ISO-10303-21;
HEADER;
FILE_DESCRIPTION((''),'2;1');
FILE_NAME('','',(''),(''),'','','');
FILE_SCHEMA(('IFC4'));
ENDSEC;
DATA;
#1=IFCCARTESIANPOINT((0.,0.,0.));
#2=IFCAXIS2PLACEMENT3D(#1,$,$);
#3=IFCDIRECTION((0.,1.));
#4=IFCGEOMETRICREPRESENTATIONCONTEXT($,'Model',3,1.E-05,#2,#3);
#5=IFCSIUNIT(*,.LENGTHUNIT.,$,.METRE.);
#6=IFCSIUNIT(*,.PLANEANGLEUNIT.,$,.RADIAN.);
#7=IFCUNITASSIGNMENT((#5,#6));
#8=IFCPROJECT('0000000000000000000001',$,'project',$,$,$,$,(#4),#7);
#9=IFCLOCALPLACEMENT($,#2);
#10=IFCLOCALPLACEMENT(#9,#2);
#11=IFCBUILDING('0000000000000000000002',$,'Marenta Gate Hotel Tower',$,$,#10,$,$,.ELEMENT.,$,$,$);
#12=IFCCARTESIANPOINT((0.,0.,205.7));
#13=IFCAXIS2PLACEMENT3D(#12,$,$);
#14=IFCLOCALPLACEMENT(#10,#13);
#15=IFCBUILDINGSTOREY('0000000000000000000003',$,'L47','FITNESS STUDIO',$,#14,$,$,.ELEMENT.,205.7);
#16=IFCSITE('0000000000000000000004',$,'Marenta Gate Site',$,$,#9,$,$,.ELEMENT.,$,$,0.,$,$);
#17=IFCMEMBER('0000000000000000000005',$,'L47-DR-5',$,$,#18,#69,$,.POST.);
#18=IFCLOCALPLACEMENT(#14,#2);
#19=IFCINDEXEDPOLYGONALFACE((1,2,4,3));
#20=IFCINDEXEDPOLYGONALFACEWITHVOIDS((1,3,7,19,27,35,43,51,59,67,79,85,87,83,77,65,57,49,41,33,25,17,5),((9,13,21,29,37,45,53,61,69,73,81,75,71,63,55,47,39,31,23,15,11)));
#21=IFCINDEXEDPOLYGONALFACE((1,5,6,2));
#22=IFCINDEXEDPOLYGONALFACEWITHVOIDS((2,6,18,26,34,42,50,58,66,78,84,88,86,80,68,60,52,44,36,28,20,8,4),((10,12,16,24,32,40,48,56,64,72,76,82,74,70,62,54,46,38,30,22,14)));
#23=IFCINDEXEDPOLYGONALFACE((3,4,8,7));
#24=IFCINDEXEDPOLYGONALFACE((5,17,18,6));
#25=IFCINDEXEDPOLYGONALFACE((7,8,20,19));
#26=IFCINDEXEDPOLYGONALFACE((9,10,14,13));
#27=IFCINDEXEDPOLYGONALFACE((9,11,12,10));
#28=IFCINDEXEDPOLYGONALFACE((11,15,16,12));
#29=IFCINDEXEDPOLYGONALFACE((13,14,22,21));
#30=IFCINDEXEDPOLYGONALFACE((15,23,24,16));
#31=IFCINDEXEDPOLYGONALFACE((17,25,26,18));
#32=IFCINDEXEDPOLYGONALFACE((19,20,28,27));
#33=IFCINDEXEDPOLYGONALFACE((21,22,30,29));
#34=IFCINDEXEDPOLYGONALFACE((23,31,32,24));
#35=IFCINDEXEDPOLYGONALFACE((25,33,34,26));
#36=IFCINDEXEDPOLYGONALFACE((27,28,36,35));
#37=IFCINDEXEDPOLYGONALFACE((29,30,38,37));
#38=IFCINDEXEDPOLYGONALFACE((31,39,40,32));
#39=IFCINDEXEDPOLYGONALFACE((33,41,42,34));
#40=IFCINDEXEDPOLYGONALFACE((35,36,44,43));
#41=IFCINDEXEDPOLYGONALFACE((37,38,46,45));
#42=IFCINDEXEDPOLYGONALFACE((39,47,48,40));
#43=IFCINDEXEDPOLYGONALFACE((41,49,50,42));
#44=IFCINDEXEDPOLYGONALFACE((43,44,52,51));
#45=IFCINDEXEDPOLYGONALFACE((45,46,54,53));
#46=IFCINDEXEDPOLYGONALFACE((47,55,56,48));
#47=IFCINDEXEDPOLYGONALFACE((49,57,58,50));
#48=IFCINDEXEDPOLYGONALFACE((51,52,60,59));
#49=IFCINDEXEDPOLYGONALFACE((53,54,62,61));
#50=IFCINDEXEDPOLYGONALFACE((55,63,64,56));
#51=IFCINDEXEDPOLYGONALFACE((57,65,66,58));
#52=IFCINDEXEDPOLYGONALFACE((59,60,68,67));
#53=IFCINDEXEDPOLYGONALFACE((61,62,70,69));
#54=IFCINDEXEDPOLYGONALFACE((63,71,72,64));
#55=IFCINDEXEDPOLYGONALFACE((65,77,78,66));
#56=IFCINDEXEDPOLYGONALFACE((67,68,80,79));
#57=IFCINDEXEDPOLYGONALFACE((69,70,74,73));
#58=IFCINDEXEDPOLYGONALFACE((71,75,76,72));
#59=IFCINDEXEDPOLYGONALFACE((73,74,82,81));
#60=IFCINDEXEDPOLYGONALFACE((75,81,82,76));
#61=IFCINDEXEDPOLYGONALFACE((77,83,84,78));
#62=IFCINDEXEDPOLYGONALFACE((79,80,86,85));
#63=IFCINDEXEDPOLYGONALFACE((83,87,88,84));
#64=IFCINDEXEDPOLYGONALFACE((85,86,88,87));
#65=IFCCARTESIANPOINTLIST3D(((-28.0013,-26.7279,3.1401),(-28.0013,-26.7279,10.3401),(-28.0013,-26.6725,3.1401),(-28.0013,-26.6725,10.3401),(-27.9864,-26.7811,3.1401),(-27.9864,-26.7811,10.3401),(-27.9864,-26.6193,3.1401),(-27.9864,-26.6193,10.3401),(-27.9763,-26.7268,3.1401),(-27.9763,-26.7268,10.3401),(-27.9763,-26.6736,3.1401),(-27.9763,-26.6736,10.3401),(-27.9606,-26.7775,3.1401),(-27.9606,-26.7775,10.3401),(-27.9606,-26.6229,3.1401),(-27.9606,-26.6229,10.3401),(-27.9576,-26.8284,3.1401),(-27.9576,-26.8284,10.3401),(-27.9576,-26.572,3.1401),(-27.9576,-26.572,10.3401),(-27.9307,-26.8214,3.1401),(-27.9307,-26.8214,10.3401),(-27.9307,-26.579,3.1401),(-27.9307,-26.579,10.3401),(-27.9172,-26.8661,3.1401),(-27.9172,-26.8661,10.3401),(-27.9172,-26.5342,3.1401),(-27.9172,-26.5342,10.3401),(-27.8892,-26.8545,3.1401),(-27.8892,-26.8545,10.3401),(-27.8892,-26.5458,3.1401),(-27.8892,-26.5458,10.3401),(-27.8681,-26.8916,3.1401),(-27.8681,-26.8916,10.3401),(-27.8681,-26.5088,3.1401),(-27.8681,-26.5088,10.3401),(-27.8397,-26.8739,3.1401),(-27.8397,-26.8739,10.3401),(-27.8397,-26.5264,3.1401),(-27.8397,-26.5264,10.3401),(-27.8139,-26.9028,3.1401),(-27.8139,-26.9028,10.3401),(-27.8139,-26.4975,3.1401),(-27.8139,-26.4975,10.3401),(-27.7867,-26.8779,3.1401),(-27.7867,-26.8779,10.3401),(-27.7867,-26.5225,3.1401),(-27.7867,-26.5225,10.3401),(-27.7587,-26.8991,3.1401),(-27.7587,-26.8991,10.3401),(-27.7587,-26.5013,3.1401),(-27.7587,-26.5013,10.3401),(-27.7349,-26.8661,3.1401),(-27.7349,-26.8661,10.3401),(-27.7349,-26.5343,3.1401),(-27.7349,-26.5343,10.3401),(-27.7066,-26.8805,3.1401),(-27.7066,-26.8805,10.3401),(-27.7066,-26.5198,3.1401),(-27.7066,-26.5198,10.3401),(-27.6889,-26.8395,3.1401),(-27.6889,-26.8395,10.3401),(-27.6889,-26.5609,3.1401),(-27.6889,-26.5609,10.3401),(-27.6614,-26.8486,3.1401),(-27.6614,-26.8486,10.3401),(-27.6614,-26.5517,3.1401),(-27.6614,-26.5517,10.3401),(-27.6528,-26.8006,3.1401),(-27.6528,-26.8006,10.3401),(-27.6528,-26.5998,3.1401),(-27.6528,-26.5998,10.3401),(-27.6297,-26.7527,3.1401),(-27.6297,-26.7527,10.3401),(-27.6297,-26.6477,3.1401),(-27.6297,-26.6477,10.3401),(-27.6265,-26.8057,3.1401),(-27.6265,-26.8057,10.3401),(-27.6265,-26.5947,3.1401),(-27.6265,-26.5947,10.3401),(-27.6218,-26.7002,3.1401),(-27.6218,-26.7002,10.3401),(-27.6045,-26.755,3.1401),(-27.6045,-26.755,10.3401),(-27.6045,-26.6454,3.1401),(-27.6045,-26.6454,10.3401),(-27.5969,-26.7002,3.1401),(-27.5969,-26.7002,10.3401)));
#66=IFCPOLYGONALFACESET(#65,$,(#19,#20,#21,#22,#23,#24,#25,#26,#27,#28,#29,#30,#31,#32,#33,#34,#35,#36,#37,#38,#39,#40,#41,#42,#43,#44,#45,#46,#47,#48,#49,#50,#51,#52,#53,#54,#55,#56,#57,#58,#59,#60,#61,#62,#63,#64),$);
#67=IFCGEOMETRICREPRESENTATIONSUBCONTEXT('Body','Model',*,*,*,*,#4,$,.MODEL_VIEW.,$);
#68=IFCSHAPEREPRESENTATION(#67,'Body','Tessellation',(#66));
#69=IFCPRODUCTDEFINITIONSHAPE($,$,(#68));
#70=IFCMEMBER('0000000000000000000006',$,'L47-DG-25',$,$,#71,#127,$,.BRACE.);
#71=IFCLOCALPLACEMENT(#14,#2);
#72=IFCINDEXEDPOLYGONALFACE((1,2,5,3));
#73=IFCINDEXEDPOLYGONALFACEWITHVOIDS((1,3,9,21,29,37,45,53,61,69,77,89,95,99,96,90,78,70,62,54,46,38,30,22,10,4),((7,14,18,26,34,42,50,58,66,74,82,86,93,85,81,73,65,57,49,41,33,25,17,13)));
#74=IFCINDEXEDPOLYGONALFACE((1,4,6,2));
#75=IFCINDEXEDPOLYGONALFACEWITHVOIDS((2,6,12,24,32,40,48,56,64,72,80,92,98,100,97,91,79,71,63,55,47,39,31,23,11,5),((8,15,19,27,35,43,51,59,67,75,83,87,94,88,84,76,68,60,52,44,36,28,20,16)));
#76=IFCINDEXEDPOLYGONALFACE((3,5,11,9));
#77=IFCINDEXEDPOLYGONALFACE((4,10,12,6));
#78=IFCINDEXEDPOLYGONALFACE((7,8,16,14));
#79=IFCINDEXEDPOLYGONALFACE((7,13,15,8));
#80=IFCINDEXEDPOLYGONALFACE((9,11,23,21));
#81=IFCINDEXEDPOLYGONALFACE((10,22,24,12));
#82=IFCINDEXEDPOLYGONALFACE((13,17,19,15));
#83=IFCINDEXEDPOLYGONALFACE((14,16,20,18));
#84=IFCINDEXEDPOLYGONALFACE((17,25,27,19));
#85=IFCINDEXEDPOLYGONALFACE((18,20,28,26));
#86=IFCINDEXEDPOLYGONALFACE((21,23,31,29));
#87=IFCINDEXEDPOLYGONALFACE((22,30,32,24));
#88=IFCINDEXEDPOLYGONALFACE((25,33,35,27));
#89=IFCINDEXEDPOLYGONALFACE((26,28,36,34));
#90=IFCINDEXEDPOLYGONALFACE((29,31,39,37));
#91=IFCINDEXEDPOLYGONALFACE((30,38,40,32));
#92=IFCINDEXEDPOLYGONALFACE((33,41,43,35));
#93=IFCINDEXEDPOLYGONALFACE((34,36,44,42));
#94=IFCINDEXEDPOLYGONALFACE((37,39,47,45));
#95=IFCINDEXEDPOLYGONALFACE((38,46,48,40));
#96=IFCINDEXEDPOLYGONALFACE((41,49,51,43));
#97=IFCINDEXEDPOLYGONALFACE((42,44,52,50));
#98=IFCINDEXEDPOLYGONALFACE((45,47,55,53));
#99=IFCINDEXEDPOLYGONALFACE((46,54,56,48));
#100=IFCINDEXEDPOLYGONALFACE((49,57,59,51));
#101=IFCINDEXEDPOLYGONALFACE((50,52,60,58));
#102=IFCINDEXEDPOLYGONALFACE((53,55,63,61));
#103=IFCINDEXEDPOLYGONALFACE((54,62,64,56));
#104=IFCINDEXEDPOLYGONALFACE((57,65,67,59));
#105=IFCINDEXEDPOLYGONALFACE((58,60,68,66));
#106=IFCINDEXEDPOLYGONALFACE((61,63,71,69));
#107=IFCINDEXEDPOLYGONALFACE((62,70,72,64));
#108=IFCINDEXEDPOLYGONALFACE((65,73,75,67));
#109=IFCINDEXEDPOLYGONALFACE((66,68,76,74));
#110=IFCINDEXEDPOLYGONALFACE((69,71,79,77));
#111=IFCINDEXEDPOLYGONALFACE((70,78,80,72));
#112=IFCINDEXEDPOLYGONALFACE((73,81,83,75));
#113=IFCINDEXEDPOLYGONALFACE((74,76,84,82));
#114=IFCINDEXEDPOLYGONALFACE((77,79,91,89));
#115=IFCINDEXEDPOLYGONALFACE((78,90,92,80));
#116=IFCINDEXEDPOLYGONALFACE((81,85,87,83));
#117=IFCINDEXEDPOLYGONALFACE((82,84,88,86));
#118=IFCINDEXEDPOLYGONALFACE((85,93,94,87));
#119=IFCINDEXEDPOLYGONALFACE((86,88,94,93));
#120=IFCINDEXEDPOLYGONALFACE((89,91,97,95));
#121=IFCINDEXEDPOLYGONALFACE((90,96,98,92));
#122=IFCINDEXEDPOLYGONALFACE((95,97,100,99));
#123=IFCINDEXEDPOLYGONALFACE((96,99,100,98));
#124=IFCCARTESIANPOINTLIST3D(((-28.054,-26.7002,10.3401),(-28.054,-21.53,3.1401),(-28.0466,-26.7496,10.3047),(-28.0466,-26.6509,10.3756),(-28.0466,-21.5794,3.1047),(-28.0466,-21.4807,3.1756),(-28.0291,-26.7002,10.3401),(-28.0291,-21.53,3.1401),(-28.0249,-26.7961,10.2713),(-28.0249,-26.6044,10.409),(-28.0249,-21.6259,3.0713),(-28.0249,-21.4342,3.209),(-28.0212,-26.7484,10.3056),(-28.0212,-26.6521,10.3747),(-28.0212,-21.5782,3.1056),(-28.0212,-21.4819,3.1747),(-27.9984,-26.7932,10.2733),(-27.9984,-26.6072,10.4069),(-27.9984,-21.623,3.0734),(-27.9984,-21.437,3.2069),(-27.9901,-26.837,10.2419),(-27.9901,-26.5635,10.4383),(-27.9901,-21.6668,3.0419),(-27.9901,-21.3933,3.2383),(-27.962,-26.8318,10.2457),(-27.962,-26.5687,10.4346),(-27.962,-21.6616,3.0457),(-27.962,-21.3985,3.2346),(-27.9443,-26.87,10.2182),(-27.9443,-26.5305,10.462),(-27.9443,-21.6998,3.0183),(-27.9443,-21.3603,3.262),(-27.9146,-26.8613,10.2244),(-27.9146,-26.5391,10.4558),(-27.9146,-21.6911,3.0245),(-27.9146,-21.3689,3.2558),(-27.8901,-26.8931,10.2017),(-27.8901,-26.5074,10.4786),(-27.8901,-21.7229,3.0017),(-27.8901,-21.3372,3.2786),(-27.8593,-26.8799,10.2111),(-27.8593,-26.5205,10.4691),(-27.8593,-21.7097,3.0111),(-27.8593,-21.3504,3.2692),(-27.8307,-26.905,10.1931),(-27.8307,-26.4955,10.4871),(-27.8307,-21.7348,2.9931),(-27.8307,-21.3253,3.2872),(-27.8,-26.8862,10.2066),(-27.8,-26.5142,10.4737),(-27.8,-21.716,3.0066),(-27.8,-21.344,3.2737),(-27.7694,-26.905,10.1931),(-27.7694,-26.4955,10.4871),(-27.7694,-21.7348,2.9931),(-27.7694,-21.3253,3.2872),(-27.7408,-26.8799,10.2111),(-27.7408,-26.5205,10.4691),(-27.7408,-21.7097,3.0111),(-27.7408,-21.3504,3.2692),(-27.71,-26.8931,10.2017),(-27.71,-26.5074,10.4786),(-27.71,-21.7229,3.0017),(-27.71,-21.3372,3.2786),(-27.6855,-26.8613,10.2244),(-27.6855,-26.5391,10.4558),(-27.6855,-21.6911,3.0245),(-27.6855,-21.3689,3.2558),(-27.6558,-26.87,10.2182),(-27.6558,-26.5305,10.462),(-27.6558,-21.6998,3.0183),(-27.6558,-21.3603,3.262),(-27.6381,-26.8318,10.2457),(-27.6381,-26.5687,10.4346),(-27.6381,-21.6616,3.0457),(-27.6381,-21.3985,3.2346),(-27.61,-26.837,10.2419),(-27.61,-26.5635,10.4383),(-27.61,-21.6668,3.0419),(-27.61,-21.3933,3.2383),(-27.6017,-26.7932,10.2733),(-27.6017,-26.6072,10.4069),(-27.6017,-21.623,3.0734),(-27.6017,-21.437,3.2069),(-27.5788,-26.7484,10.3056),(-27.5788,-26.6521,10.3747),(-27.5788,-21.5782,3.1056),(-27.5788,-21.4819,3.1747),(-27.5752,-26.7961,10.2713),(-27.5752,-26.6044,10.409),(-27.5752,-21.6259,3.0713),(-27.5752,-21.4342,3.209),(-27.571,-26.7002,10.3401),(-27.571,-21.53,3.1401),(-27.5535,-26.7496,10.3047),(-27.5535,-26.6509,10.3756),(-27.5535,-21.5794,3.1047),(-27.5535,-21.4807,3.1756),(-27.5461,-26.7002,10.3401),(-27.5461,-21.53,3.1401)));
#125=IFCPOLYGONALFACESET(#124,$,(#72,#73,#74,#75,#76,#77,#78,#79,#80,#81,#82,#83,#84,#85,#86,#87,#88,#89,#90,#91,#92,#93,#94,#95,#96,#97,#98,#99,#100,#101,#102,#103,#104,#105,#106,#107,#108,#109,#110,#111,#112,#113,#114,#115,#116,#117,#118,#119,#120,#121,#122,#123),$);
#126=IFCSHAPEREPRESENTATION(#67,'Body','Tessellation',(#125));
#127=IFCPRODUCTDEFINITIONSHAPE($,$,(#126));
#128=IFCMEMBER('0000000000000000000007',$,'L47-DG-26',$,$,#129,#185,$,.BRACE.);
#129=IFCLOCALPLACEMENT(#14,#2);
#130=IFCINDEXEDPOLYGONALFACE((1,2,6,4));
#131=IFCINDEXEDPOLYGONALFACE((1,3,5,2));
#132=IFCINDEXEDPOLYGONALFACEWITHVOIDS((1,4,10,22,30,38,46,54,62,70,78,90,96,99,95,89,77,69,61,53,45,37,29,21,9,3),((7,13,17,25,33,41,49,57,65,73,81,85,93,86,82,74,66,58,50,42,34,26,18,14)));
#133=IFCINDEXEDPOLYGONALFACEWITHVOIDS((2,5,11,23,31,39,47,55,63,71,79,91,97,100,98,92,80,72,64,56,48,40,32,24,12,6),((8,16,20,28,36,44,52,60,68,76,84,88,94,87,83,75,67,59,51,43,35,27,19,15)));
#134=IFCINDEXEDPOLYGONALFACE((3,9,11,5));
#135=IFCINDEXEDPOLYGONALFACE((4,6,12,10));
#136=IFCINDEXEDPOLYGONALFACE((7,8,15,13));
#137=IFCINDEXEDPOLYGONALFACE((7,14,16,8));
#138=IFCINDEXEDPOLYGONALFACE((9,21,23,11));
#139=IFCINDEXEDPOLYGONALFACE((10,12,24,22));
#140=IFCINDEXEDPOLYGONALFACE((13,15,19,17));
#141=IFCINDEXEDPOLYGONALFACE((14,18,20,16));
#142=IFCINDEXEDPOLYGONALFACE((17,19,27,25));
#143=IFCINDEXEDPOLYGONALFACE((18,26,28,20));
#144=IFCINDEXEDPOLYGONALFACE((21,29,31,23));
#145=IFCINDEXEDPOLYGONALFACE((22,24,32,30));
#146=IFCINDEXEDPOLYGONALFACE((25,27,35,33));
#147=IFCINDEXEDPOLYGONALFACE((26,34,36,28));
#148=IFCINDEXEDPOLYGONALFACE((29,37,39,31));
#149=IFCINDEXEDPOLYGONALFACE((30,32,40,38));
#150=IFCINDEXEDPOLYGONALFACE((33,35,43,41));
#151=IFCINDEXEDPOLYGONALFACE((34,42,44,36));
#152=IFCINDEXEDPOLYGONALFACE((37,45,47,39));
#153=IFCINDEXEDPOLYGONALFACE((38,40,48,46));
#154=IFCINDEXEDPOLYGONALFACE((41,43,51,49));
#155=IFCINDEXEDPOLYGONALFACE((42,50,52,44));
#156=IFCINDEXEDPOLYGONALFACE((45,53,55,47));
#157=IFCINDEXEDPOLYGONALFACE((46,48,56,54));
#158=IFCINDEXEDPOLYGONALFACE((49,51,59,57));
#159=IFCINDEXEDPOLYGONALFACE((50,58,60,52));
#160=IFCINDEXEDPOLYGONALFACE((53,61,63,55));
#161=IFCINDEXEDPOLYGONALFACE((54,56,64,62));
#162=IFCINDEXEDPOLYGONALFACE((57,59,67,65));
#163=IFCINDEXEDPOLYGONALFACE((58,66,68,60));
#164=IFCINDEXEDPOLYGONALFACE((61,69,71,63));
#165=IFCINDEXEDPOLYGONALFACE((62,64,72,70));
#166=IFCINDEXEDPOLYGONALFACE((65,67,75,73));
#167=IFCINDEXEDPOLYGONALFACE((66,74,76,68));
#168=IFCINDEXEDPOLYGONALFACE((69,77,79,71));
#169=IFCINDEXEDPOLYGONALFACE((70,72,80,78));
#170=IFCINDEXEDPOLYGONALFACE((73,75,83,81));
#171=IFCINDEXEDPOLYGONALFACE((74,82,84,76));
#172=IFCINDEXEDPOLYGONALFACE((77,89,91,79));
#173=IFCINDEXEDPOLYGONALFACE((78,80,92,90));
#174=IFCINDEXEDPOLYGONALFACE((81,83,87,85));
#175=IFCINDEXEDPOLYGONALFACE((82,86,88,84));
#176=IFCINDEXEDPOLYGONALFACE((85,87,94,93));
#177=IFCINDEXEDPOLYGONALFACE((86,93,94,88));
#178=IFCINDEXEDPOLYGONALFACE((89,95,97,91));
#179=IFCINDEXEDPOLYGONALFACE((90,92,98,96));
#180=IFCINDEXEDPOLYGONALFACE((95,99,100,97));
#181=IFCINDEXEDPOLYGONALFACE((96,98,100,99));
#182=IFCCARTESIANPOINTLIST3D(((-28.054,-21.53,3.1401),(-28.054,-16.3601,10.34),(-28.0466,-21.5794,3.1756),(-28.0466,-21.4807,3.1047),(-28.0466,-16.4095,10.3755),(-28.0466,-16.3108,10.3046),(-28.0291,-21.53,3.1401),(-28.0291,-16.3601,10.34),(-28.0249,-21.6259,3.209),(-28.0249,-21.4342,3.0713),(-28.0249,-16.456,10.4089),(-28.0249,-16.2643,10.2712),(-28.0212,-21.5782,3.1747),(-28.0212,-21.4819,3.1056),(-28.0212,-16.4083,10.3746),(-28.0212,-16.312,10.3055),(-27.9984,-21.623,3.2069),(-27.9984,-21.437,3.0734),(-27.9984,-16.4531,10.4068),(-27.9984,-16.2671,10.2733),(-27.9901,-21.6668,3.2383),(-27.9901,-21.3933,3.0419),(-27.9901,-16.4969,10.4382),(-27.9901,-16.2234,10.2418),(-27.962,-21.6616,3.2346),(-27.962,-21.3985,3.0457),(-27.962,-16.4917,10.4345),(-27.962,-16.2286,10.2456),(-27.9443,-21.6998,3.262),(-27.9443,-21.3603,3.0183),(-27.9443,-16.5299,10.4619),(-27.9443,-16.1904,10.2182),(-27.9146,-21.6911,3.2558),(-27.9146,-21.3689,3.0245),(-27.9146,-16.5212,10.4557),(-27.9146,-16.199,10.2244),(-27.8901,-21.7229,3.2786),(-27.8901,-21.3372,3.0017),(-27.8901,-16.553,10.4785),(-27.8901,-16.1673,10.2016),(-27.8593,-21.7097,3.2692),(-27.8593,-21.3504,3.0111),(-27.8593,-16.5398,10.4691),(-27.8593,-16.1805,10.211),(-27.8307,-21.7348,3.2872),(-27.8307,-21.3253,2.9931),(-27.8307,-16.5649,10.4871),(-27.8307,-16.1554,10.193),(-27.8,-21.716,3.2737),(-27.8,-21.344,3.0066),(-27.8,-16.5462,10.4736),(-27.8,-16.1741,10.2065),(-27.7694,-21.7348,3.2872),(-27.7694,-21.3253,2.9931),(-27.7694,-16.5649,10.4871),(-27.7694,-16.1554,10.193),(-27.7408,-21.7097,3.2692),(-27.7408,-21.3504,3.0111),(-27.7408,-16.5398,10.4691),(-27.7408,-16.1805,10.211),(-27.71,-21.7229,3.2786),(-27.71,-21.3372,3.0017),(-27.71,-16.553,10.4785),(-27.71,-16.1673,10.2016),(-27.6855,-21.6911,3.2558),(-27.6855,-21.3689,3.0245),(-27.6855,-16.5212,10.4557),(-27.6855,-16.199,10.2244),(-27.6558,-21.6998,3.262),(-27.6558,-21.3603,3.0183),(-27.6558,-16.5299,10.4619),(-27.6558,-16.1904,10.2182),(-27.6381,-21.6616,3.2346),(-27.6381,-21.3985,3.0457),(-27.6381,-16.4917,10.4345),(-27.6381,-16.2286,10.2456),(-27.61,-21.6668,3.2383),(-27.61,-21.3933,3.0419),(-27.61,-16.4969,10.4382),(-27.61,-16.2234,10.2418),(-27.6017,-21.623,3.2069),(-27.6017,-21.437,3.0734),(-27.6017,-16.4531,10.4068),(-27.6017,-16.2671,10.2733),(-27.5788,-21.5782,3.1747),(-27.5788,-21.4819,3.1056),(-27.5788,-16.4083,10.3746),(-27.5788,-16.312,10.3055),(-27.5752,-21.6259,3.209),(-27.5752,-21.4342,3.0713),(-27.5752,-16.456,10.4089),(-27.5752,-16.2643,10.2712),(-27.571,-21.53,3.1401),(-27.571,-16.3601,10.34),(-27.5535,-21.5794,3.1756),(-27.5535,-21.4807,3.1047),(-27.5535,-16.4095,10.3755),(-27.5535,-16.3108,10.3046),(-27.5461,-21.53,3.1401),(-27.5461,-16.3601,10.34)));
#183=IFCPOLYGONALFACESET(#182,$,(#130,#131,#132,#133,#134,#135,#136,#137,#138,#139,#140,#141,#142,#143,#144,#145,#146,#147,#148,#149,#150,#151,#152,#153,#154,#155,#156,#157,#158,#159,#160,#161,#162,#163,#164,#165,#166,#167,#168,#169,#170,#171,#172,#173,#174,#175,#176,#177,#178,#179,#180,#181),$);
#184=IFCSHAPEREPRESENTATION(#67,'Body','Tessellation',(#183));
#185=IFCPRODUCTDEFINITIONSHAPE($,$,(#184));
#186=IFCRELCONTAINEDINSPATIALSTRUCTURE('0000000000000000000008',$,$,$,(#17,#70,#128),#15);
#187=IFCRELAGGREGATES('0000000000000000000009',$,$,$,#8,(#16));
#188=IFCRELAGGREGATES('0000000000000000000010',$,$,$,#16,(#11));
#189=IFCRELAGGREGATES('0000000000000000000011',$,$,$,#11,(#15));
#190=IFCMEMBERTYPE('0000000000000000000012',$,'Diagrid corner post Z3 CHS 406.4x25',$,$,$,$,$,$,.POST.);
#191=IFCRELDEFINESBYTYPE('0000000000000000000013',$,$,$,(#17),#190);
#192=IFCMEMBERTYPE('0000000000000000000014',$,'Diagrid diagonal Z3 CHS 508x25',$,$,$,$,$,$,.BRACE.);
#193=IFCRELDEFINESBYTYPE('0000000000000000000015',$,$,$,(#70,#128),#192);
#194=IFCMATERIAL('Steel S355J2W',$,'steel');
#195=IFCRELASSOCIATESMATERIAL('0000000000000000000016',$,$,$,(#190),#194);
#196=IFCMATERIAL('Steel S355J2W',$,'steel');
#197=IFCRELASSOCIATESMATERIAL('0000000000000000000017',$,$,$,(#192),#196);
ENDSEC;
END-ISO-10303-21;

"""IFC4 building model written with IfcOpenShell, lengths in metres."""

from ifc_helpers import new_model, si_unit, direction, frame, origin, origin_2d, place, context, subcontext, project, spatial, hollow_circle, extrude, material, material_profile, profile_set, type_object, element, save


model = new_model("IFC4")

# Units and contexts
model_context = context("Model", 3, precision=1e-05, world=origin(), true_north=direction((0.0, 1.0)))
body_context = subcontext(model_context, "Body", "Model", "MODEL_VIEW")
ifc_project = project(units=[si_unit("LENGTHUNIT", "METRE"), si_unit("PLANEANGLEUNIT", "RADIAN")], contexts=[model_context])

# Site, building, storey
site_placement = place(None, origin())
site = spatial("IfcSite", under=ifc_project, at=site_placement, Name="Marenta Gate Site", CompositionType="ELEMENT", RefElevation=0.0)
building_placement = place(site_placement, origin())
building = spatial("IfcBuilding", under=site, at=building_placement, Name="Marenta Gate Hotel Tower", CompositionType="ELEMENT")
storey_placement = place(building_placement, frame((0.0, 0.0, 205.7)))
storey = spatial("IfcBuildingStorey", under=building, at=storey_placement, Name="L47", Description="FITNESS STUDIO", CompositionType="ELEMENT", Elevation=205.7)

# Members
ifc_material_1 = material(Name="Steel S355J2W", Category="steel")
ifc_material_profile_1 = material_profile(ifc_material_1, hollow_circle(Radius=0.2031, WallThickness=0.0249, at=origin_2d()), Name="CHS 406.4x25")
ifc_profile_set_1 = profile_set([ifc_material_profile_1], Name="Steel S355J2W")
member_type_1 = type_object("IfcMemberType", Name="Diagrid corner post Z3 CHS 406.4x25", PredefinedType="POST", material=ifc_profile_set_1)
member_1_placement = place(storey_placement, frame((-27.8, -26.7002, 3.1401), z_axis=(0.0, 0.0, 1.0), x_axis=(1.0, 0.0, 0.0)))
element("IfcMember", 1, at=member_1_placement, inside=storey, type_object=member_type_1, Name="L47-DR-5", PredefinedType="POST", context=body_context, shape_type="SweptSolid", body=[
    extrude(hollow_circle(Radius=0.2031, WallThickness=0.0249, at=origin_2d()), origin(), (0.0, 0.0, 1.0), 7.2),
])
ifc_material_2 = material(Name="Steel S355J2W", Category="steel")
ifc_material_profile_2 = material_profile(ifc_material_2, hollow_circle(Radius=0.2539, WallThickness=0.0249, at=origin_2d()), Name="CHS 508x25")
ifc_profile_set_2 = profile_set([ifc_material_profile_2], Name="Steel S355J2W")
member_type_2 = type_object("IfcMemberType", Name="Diagrid diagonal Z3 CHS 508x25", PredefinedType="BRACE", material=ifc_profile_set_2)
member_2_placement = place(storey_placement, frame((-27.8, -21.53, 3.1401), z_axis=(0.0, -0.583279, 0.812272), x_axis=(1.0, 0.0, 0.0)))
element("IfcMember", 2, at=member_2_placement, inside=storey, type_object=member_type_2, Name="L47-DG-25", PredefinedType="BRACE", context=body_context, shape_type="SweptSolid", body=[
    extrude(hollow_circle(Radius=0.2539, WallThickness=0.0249, at=origin_2d()), origin(), (0.0, 0.0, 1.0), 8.864),
])
member_3_placement = place(storey_placement, frame((-27.8, -21.53, 3.1401), z_axis=(0.0, 0.583261, 0.812285), x_axis=(-1.0, 0.0, 0.0)))
element("IfcMember", 3, at=member_3_placement, inside=storey, type_object=member_type_2, Name="L47-DG-26", PredefinedType="BRACE", context=body_context, shape_type="SweptSolid", body=[
    extrude(hollow_circle(Radius=0.2539, WallThickness=0.0249, at=origin_2d()), origin(), (0.0, 0.0, 1.0), 8.8638),
])

save(model, "model.ifc")
